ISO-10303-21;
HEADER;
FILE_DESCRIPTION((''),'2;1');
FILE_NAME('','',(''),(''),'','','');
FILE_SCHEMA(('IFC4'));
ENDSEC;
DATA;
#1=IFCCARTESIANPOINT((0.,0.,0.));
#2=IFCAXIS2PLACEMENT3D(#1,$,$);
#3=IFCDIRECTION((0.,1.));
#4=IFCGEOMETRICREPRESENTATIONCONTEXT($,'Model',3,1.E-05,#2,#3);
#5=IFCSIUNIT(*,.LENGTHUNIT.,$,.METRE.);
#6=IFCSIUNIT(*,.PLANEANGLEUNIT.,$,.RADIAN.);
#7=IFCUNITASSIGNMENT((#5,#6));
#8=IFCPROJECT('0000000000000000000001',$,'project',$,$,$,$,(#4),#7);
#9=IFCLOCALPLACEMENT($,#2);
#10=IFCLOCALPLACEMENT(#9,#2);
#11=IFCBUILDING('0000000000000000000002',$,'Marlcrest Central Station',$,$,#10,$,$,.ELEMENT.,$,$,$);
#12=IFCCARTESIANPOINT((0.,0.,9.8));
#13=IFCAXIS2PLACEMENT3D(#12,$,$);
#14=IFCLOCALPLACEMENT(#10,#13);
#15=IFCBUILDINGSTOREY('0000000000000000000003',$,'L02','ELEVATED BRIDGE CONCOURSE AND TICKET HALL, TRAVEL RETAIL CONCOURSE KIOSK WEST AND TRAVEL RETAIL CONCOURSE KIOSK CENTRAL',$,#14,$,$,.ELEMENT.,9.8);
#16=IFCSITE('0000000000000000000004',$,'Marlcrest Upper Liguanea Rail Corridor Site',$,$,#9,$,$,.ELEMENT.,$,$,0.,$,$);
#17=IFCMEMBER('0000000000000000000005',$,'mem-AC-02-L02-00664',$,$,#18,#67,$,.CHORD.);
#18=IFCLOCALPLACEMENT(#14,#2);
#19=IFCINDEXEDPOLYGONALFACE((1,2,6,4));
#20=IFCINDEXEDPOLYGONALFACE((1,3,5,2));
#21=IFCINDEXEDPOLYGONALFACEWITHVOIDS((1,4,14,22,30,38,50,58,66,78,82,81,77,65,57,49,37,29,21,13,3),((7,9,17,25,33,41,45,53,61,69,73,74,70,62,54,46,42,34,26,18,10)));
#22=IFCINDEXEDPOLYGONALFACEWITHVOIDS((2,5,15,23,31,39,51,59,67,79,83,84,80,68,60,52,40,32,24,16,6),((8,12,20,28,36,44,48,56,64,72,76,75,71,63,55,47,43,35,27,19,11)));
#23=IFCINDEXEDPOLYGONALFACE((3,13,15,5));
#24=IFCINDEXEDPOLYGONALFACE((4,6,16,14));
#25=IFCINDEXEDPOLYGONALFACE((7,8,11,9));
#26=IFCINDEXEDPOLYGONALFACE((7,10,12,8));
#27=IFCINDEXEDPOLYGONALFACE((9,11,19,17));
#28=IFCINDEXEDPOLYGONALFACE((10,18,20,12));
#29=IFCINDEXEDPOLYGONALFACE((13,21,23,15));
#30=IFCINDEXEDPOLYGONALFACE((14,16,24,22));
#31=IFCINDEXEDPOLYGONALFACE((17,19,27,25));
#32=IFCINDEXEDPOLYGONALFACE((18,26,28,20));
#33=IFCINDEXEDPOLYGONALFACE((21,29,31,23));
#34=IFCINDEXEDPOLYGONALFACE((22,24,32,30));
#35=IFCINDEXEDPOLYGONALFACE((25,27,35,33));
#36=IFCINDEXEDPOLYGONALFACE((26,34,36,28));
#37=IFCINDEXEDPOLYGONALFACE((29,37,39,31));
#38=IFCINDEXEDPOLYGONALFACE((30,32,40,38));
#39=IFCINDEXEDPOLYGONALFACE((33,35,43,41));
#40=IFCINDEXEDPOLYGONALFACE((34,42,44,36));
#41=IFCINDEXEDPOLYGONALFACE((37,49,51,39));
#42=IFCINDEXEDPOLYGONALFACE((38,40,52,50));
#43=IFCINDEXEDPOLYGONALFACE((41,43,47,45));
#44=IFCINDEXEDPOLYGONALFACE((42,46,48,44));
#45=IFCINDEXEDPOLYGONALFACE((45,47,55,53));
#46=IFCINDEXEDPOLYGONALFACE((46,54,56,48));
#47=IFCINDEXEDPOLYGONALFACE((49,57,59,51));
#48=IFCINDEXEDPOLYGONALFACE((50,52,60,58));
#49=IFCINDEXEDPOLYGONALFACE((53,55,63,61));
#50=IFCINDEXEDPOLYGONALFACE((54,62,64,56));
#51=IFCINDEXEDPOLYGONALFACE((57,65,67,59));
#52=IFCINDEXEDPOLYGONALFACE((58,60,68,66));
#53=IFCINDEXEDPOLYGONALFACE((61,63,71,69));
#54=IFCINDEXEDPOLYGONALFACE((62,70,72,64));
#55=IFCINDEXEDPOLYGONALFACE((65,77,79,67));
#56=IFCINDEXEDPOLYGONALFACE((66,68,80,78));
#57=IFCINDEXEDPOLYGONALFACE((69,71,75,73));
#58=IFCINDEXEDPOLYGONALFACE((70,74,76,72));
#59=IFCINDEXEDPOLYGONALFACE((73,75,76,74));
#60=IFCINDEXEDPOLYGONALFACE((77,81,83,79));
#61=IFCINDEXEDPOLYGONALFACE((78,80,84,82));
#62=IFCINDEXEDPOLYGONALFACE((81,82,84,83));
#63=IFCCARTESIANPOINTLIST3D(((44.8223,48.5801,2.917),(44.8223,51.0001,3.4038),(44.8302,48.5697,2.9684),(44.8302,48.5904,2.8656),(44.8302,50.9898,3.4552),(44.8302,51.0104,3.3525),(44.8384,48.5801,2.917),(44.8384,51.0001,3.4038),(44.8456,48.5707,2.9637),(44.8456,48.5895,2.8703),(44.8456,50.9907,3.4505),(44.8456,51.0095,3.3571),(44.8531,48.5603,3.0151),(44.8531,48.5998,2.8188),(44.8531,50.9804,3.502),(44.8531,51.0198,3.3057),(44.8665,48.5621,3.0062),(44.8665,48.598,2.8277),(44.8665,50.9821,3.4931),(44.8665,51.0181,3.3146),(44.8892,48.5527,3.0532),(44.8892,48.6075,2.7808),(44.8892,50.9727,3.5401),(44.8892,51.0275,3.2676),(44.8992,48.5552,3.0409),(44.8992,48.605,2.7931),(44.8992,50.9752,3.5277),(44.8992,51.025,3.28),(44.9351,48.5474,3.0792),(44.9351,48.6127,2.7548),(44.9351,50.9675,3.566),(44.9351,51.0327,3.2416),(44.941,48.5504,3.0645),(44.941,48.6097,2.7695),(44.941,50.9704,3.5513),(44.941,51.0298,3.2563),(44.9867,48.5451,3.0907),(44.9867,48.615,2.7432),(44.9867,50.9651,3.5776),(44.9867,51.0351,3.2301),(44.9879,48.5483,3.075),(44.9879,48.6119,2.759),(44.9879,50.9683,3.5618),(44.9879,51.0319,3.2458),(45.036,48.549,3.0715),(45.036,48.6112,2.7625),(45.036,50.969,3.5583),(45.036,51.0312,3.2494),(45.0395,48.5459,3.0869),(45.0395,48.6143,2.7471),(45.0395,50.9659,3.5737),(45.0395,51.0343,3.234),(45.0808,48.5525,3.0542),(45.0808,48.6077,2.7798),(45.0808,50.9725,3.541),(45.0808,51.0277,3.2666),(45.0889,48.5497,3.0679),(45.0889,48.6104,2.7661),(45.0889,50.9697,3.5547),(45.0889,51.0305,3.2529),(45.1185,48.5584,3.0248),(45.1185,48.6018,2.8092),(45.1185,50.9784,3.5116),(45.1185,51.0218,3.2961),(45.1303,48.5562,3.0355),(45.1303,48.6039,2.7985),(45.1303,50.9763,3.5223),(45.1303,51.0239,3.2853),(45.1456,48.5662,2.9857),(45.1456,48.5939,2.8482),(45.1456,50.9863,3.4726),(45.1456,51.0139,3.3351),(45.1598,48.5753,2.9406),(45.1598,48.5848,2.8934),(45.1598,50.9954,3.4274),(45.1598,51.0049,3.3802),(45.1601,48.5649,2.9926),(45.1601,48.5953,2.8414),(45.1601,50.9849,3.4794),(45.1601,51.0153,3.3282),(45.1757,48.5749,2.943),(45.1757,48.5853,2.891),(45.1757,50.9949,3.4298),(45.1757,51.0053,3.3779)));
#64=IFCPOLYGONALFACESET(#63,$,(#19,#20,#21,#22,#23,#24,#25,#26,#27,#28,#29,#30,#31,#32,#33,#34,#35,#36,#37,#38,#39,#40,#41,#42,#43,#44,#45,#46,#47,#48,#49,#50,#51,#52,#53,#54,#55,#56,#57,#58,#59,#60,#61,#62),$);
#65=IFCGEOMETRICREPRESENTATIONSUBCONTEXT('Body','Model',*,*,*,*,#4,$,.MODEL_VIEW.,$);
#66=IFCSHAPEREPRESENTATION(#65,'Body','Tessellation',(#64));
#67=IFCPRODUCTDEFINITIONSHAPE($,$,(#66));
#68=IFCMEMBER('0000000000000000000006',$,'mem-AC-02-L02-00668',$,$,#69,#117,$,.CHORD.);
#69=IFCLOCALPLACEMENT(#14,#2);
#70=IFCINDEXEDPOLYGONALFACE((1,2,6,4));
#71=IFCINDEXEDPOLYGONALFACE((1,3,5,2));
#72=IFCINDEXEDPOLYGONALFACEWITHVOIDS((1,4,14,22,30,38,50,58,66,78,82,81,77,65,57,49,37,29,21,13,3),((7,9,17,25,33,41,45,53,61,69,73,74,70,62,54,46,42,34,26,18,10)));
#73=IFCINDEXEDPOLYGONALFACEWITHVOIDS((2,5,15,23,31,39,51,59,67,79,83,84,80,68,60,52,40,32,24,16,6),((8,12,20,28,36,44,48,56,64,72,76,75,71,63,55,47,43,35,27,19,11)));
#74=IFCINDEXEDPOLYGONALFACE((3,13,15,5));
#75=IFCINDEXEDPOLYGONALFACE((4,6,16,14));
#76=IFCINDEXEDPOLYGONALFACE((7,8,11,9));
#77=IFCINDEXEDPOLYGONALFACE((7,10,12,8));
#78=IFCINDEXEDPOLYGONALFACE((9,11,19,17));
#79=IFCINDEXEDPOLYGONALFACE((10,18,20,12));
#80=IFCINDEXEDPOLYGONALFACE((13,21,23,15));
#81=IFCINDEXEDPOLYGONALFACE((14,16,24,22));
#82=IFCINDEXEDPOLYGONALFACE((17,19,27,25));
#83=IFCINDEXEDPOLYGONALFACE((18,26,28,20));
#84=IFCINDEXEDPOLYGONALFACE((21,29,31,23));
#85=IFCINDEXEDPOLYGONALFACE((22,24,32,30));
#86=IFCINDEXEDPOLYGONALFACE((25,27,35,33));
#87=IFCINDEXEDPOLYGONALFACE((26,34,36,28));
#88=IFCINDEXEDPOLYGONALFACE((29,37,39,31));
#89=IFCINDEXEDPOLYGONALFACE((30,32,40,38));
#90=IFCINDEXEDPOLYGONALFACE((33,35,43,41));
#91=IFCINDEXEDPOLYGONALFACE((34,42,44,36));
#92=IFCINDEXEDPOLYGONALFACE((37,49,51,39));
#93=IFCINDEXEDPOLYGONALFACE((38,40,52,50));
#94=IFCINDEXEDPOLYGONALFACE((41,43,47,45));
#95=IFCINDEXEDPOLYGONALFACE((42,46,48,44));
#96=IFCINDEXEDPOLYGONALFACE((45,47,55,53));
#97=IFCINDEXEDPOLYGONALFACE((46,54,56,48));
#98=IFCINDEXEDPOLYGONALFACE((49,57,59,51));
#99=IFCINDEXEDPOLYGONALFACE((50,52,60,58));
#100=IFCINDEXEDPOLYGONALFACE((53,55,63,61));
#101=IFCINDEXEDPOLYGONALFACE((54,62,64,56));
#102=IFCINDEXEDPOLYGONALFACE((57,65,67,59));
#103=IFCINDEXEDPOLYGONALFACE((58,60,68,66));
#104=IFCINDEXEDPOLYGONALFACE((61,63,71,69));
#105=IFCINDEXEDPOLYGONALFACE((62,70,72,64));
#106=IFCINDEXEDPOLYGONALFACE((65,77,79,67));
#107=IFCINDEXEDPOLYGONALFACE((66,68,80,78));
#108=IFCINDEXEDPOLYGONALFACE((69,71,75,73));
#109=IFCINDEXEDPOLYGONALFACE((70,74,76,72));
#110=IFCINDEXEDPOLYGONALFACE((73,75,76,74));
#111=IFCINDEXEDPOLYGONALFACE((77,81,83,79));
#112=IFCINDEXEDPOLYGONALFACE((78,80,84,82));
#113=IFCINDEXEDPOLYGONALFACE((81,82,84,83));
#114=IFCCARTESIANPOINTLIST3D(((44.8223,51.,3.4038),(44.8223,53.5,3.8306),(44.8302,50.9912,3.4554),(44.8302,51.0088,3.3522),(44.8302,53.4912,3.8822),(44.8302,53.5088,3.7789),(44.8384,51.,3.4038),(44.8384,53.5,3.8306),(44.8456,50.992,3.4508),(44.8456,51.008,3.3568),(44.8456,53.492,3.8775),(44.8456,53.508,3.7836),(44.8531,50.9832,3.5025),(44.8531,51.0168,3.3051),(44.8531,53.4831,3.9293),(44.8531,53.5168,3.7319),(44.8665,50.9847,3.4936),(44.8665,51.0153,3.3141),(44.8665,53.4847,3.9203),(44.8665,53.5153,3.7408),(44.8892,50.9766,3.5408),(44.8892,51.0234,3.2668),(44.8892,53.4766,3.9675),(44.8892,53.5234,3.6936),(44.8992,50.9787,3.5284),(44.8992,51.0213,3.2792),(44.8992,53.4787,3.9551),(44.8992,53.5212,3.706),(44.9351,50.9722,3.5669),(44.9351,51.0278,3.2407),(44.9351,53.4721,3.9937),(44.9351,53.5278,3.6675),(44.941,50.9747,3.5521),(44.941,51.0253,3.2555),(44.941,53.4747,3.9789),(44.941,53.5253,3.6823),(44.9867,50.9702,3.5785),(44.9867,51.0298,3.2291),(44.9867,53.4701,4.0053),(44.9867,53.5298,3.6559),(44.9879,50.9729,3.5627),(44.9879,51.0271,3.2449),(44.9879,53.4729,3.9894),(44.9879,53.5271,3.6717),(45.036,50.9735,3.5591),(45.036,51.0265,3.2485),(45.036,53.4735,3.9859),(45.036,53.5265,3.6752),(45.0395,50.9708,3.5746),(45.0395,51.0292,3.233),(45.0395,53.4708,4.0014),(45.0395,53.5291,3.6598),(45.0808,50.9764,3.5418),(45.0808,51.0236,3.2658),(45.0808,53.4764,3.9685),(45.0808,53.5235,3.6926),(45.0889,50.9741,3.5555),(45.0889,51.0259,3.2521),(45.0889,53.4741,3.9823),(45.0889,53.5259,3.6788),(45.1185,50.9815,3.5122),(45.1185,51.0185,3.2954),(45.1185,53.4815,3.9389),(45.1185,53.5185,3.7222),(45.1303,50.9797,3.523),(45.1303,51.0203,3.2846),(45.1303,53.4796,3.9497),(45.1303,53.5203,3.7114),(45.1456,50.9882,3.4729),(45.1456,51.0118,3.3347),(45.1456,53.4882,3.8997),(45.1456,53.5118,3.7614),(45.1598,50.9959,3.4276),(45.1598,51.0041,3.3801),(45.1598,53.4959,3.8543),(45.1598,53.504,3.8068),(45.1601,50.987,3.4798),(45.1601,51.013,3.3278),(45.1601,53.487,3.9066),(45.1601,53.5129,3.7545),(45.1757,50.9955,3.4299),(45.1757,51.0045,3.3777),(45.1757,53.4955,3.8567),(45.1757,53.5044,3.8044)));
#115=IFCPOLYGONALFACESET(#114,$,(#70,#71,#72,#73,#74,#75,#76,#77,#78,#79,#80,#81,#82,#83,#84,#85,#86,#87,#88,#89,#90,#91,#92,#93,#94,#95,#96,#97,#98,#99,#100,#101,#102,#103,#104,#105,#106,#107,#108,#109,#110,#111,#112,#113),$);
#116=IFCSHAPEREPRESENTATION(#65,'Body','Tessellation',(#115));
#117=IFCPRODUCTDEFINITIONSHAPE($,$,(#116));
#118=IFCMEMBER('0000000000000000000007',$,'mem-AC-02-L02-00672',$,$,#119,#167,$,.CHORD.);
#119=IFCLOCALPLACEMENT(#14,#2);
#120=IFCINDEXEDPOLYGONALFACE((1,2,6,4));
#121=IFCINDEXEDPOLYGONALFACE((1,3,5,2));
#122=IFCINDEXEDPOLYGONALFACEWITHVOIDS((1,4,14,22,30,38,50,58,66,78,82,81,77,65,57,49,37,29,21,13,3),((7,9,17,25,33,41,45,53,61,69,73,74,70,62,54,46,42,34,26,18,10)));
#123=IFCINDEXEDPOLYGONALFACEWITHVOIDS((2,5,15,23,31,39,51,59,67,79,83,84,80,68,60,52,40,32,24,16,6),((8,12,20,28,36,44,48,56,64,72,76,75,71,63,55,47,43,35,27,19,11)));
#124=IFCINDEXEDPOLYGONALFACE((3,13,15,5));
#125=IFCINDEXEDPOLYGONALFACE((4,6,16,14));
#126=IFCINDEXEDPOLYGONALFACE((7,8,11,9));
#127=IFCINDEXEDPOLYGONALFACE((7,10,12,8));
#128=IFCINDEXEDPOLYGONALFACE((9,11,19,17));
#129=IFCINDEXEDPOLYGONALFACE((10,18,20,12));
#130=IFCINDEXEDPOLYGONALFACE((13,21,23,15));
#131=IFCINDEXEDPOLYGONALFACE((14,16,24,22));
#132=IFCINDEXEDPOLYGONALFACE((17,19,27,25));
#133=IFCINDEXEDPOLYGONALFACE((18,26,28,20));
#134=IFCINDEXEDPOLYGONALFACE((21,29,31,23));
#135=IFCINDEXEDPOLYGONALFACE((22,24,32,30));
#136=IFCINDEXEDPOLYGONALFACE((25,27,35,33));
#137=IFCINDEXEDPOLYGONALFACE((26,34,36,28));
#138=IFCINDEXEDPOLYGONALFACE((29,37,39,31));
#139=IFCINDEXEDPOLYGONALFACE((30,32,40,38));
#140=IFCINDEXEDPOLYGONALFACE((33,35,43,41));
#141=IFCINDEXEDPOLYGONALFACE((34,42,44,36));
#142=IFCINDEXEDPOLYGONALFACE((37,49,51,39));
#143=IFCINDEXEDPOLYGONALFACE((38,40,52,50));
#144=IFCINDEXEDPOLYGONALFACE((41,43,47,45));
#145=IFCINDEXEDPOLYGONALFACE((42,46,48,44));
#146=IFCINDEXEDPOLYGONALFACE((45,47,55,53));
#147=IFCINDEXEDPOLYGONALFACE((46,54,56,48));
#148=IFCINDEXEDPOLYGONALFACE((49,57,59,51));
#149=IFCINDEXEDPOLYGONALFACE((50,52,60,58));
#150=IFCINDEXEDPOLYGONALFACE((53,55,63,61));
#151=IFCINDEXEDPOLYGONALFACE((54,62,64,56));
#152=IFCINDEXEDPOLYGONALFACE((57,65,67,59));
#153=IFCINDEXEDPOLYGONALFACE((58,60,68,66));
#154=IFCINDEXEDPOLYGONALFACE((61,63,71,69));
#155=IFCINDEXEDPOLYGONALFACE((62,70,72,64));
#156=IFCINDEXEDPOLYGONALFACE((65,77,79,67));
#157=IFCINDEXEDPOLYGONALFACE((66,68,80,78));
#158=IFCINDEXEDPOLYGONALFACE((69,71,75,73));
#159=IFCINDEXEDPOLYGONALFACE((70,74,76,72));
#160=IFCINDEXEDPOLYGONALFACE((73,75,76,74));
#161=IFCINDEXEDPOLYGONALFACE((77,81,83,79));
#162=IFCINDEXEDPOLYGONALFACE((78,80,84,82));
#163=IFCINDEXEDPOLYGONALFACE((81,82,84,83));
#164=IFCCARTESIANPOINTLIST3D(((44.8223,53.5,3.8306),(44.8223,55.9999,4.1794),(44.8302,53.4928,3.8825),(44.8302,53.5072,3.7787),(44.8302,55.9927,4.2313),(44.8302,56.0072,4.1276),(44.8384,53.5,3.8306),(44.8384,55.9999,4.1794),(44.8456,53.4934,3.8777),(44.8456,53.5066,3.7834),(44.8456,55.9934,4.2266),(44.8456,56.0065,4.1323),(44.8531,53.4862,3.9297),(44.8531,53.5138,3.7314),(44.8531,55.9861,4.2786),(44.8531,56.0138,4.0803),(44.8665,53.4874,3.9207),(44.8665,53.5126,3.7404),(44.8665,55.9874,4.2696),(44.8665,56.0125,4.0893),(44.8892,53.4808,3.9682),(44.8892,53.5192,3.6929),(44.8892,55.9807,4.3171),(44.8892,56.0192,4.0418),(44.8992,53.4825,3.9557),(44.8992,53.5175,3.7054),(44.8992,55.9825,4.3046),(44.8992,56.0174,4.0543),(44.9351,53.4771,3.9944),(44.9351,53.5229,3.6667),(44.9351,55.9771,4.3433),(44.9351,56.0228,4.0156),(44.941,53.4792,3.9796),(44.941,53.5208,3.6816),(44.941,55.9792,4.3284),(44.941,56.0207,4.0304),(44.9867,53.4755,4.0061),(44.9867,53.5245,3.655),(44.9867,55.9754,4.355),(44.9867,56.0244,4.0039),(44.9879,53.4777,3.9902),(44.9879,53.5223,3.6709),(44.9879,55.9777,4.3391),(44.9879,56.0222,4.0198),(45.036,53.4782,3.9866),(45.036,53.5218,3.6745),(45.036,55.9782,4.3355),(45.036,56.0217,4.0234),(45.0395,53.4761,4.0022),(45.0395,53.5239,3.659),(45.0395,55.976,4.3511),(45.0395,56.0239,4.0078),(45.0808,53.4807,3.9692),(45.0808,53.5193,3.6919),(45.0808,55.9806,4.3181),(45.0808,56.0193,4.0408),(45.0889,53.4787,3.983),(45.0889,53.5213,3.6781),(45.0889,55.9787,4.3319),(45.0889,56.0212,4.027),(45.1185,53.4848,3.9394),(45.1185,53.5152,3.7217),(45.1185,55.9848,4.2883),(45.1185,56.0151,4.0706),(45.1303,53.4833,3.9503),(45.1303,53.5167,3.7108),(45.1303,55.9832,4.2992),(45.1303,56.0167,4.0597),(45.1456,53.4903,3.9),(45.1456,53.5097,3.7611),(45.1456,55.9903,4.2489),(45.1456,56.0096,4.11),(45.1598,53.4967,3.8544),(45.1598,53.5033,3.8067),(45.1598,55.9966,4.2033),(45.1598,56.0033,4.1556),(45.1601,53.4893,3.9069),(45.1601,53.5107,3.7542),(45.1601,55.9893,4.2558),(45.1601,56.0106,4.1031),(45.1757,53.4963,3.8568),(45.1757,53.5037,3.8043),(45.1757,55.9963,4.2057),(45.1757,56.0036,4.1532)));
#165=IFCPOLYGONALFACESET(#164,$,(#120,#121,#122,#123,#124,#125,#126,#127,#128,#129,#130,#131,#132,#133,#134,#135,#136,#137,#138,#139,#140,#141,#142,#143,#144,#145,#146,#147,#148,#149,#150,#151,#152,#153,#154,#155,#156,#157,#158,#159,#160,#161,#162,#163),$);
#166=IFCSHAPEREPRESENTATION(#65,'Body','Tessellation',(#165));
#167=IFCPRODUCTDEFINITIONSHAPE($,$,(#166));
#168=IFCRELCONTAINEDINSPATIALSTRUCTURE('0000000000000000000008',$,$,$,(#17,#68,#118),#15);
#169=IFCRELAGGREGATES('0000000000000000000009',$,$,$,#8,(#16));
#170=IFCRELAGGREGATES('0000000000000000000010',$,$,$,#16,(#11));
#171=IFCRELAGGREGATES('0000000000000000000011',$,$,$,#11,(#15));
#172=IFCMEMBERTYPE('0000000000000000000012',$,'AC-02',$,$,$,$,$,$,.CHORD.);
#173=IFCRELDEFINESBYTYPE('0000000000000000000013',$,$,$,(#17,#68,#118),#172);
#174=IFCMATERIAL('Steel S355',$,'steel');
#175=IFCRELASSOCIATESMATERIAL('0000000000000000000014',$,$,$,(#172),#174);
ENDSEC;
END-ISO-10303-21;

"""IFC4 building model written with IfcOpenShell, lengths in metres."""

from ifc_helpers import new_model, si_unit, direction, frame, origin, origin_2d, place, context, subcontext, project, spatial, hollow_circle, extrude, material, material_profile, profile_set, type_object, element, save


model = new_model("IFC4")

# Units and contexts
model_context = context("Model", 3, precision=1e-05, world=origin(), true_north=direction((0.0, 1.0)))
body_context = subcontext(model_context, "Body", "Model", "MODEL_VIEW")
ifc_project = project(units=[si_unit("LENGTHUNIT", "METRE"), si_unit("PLANEANGLEUNIT", "RADIAN")], contexts=[model_context])

# Site, building, storey
site_placement = place(None, origin())
site = spatial("IfcSite", under=ifc_project, at=site_placement, Name="Marlcrest Upper Liguanea Rail Corridor Site", CompositionType="ELEMENT", RefElevation=0.0)
building_placement = place(site_placement, origin())
building = spatial("IfcBuilding", under=site, at=building_placement, Name="Marlcrest Central Station", CompositionType="ELEMENT")
storey_placement = place(building_placement, frame((0.0, 0.0, 9.8)))
storey = spatial("IfcBuildingStorey", under=building, at=storey_placement, Name="L02", Description="ELEVATED BRIDGE CONCOURSE AND TICKET HALL, TRAVEL RETAIL CONCOURSE KIOSK WEST AND TRAVEL RETAIL CONCOURSE KIOSK CENTRAL", CompositionType="ELEMENT", Elevation=9.8)

# Members
ifc_material = material(Name="Steel S355", Category="steel")
ifc_material_profile_1 = material_profile(ifc_material, hollow_circle(Radius=0.1777, WallThickness=0.0161, at=origin_2d()), Name="CHS 355.6x16")
ifc_profile_set_1 = profile_set([ifc_material_profile_1], Name="Steel S355")
member_type_1 = type_object("IfcMemberType", Name="AC-02", PredefinedType="CHORD", material=ifc_profile_set_1)
member_1_placement = place(storey_placement, frame((45.0, 48.5801, 2.917), z_axis=(0.0, 0.980359, 0.197219), x_axis=(-1.0, 0.0, 0.0)))
element("IfcMember", 1, at=member_1_placement, inside=storey, type_object=member_type_1, Name="mem-AC-02-L02-00664", PredefinedType="CHORD", context=body_context, shape_type="SweptSolid", body=[
    extrude(hollow_circle(Radius=0.1777, WallThickness=0.0161, at=origin_2d()), origin(), (0.0, 0.0, 1.0), 2.4685),
])
member_2_placement = place(storey_placement, frame((45.0, 51.0, 3.4038), z_axis=(0.0, 0.985741, 0.168269), x_axis=(-1.0, 0.0, 0.0)))
element("IfcMember", 2, at=member_2_placement, inside=storey, type_object=member_type_1, Name="mem-AC-02-L02-00668", PredefinedType="CHORD", context=body_context, shape_type="SweptSolid", body=[
    extrude(hollow_circle(Radius=0.1777, WallThickness=0.0161, at=origin_2d()), origin(), (0.0, 0.0, 1.0), 2.5361),
])
member_3_placement = place(storey_placement, frame((45.0, 53.5, 3.8306), z_axis=(0.0, 0.990403, 0.138211), x_axis=(-1.0, 0.0, 0.0)))
element("IfcMember", 3, at=member_3_placement, inside=storey, type_object=member_type_1, Name="mem-AC-02-L02-00672", PredefinedType="CHORD", context=body_context, shape_type="SweptSolid", body=[
    extrude(hollow_circle(Radius=0.1777, WallThickness=0.0161, at=origin_2d()), origin(), (0.0, 0.0, 1.0), 2.5242),
])

save(model, "model.ifc")
